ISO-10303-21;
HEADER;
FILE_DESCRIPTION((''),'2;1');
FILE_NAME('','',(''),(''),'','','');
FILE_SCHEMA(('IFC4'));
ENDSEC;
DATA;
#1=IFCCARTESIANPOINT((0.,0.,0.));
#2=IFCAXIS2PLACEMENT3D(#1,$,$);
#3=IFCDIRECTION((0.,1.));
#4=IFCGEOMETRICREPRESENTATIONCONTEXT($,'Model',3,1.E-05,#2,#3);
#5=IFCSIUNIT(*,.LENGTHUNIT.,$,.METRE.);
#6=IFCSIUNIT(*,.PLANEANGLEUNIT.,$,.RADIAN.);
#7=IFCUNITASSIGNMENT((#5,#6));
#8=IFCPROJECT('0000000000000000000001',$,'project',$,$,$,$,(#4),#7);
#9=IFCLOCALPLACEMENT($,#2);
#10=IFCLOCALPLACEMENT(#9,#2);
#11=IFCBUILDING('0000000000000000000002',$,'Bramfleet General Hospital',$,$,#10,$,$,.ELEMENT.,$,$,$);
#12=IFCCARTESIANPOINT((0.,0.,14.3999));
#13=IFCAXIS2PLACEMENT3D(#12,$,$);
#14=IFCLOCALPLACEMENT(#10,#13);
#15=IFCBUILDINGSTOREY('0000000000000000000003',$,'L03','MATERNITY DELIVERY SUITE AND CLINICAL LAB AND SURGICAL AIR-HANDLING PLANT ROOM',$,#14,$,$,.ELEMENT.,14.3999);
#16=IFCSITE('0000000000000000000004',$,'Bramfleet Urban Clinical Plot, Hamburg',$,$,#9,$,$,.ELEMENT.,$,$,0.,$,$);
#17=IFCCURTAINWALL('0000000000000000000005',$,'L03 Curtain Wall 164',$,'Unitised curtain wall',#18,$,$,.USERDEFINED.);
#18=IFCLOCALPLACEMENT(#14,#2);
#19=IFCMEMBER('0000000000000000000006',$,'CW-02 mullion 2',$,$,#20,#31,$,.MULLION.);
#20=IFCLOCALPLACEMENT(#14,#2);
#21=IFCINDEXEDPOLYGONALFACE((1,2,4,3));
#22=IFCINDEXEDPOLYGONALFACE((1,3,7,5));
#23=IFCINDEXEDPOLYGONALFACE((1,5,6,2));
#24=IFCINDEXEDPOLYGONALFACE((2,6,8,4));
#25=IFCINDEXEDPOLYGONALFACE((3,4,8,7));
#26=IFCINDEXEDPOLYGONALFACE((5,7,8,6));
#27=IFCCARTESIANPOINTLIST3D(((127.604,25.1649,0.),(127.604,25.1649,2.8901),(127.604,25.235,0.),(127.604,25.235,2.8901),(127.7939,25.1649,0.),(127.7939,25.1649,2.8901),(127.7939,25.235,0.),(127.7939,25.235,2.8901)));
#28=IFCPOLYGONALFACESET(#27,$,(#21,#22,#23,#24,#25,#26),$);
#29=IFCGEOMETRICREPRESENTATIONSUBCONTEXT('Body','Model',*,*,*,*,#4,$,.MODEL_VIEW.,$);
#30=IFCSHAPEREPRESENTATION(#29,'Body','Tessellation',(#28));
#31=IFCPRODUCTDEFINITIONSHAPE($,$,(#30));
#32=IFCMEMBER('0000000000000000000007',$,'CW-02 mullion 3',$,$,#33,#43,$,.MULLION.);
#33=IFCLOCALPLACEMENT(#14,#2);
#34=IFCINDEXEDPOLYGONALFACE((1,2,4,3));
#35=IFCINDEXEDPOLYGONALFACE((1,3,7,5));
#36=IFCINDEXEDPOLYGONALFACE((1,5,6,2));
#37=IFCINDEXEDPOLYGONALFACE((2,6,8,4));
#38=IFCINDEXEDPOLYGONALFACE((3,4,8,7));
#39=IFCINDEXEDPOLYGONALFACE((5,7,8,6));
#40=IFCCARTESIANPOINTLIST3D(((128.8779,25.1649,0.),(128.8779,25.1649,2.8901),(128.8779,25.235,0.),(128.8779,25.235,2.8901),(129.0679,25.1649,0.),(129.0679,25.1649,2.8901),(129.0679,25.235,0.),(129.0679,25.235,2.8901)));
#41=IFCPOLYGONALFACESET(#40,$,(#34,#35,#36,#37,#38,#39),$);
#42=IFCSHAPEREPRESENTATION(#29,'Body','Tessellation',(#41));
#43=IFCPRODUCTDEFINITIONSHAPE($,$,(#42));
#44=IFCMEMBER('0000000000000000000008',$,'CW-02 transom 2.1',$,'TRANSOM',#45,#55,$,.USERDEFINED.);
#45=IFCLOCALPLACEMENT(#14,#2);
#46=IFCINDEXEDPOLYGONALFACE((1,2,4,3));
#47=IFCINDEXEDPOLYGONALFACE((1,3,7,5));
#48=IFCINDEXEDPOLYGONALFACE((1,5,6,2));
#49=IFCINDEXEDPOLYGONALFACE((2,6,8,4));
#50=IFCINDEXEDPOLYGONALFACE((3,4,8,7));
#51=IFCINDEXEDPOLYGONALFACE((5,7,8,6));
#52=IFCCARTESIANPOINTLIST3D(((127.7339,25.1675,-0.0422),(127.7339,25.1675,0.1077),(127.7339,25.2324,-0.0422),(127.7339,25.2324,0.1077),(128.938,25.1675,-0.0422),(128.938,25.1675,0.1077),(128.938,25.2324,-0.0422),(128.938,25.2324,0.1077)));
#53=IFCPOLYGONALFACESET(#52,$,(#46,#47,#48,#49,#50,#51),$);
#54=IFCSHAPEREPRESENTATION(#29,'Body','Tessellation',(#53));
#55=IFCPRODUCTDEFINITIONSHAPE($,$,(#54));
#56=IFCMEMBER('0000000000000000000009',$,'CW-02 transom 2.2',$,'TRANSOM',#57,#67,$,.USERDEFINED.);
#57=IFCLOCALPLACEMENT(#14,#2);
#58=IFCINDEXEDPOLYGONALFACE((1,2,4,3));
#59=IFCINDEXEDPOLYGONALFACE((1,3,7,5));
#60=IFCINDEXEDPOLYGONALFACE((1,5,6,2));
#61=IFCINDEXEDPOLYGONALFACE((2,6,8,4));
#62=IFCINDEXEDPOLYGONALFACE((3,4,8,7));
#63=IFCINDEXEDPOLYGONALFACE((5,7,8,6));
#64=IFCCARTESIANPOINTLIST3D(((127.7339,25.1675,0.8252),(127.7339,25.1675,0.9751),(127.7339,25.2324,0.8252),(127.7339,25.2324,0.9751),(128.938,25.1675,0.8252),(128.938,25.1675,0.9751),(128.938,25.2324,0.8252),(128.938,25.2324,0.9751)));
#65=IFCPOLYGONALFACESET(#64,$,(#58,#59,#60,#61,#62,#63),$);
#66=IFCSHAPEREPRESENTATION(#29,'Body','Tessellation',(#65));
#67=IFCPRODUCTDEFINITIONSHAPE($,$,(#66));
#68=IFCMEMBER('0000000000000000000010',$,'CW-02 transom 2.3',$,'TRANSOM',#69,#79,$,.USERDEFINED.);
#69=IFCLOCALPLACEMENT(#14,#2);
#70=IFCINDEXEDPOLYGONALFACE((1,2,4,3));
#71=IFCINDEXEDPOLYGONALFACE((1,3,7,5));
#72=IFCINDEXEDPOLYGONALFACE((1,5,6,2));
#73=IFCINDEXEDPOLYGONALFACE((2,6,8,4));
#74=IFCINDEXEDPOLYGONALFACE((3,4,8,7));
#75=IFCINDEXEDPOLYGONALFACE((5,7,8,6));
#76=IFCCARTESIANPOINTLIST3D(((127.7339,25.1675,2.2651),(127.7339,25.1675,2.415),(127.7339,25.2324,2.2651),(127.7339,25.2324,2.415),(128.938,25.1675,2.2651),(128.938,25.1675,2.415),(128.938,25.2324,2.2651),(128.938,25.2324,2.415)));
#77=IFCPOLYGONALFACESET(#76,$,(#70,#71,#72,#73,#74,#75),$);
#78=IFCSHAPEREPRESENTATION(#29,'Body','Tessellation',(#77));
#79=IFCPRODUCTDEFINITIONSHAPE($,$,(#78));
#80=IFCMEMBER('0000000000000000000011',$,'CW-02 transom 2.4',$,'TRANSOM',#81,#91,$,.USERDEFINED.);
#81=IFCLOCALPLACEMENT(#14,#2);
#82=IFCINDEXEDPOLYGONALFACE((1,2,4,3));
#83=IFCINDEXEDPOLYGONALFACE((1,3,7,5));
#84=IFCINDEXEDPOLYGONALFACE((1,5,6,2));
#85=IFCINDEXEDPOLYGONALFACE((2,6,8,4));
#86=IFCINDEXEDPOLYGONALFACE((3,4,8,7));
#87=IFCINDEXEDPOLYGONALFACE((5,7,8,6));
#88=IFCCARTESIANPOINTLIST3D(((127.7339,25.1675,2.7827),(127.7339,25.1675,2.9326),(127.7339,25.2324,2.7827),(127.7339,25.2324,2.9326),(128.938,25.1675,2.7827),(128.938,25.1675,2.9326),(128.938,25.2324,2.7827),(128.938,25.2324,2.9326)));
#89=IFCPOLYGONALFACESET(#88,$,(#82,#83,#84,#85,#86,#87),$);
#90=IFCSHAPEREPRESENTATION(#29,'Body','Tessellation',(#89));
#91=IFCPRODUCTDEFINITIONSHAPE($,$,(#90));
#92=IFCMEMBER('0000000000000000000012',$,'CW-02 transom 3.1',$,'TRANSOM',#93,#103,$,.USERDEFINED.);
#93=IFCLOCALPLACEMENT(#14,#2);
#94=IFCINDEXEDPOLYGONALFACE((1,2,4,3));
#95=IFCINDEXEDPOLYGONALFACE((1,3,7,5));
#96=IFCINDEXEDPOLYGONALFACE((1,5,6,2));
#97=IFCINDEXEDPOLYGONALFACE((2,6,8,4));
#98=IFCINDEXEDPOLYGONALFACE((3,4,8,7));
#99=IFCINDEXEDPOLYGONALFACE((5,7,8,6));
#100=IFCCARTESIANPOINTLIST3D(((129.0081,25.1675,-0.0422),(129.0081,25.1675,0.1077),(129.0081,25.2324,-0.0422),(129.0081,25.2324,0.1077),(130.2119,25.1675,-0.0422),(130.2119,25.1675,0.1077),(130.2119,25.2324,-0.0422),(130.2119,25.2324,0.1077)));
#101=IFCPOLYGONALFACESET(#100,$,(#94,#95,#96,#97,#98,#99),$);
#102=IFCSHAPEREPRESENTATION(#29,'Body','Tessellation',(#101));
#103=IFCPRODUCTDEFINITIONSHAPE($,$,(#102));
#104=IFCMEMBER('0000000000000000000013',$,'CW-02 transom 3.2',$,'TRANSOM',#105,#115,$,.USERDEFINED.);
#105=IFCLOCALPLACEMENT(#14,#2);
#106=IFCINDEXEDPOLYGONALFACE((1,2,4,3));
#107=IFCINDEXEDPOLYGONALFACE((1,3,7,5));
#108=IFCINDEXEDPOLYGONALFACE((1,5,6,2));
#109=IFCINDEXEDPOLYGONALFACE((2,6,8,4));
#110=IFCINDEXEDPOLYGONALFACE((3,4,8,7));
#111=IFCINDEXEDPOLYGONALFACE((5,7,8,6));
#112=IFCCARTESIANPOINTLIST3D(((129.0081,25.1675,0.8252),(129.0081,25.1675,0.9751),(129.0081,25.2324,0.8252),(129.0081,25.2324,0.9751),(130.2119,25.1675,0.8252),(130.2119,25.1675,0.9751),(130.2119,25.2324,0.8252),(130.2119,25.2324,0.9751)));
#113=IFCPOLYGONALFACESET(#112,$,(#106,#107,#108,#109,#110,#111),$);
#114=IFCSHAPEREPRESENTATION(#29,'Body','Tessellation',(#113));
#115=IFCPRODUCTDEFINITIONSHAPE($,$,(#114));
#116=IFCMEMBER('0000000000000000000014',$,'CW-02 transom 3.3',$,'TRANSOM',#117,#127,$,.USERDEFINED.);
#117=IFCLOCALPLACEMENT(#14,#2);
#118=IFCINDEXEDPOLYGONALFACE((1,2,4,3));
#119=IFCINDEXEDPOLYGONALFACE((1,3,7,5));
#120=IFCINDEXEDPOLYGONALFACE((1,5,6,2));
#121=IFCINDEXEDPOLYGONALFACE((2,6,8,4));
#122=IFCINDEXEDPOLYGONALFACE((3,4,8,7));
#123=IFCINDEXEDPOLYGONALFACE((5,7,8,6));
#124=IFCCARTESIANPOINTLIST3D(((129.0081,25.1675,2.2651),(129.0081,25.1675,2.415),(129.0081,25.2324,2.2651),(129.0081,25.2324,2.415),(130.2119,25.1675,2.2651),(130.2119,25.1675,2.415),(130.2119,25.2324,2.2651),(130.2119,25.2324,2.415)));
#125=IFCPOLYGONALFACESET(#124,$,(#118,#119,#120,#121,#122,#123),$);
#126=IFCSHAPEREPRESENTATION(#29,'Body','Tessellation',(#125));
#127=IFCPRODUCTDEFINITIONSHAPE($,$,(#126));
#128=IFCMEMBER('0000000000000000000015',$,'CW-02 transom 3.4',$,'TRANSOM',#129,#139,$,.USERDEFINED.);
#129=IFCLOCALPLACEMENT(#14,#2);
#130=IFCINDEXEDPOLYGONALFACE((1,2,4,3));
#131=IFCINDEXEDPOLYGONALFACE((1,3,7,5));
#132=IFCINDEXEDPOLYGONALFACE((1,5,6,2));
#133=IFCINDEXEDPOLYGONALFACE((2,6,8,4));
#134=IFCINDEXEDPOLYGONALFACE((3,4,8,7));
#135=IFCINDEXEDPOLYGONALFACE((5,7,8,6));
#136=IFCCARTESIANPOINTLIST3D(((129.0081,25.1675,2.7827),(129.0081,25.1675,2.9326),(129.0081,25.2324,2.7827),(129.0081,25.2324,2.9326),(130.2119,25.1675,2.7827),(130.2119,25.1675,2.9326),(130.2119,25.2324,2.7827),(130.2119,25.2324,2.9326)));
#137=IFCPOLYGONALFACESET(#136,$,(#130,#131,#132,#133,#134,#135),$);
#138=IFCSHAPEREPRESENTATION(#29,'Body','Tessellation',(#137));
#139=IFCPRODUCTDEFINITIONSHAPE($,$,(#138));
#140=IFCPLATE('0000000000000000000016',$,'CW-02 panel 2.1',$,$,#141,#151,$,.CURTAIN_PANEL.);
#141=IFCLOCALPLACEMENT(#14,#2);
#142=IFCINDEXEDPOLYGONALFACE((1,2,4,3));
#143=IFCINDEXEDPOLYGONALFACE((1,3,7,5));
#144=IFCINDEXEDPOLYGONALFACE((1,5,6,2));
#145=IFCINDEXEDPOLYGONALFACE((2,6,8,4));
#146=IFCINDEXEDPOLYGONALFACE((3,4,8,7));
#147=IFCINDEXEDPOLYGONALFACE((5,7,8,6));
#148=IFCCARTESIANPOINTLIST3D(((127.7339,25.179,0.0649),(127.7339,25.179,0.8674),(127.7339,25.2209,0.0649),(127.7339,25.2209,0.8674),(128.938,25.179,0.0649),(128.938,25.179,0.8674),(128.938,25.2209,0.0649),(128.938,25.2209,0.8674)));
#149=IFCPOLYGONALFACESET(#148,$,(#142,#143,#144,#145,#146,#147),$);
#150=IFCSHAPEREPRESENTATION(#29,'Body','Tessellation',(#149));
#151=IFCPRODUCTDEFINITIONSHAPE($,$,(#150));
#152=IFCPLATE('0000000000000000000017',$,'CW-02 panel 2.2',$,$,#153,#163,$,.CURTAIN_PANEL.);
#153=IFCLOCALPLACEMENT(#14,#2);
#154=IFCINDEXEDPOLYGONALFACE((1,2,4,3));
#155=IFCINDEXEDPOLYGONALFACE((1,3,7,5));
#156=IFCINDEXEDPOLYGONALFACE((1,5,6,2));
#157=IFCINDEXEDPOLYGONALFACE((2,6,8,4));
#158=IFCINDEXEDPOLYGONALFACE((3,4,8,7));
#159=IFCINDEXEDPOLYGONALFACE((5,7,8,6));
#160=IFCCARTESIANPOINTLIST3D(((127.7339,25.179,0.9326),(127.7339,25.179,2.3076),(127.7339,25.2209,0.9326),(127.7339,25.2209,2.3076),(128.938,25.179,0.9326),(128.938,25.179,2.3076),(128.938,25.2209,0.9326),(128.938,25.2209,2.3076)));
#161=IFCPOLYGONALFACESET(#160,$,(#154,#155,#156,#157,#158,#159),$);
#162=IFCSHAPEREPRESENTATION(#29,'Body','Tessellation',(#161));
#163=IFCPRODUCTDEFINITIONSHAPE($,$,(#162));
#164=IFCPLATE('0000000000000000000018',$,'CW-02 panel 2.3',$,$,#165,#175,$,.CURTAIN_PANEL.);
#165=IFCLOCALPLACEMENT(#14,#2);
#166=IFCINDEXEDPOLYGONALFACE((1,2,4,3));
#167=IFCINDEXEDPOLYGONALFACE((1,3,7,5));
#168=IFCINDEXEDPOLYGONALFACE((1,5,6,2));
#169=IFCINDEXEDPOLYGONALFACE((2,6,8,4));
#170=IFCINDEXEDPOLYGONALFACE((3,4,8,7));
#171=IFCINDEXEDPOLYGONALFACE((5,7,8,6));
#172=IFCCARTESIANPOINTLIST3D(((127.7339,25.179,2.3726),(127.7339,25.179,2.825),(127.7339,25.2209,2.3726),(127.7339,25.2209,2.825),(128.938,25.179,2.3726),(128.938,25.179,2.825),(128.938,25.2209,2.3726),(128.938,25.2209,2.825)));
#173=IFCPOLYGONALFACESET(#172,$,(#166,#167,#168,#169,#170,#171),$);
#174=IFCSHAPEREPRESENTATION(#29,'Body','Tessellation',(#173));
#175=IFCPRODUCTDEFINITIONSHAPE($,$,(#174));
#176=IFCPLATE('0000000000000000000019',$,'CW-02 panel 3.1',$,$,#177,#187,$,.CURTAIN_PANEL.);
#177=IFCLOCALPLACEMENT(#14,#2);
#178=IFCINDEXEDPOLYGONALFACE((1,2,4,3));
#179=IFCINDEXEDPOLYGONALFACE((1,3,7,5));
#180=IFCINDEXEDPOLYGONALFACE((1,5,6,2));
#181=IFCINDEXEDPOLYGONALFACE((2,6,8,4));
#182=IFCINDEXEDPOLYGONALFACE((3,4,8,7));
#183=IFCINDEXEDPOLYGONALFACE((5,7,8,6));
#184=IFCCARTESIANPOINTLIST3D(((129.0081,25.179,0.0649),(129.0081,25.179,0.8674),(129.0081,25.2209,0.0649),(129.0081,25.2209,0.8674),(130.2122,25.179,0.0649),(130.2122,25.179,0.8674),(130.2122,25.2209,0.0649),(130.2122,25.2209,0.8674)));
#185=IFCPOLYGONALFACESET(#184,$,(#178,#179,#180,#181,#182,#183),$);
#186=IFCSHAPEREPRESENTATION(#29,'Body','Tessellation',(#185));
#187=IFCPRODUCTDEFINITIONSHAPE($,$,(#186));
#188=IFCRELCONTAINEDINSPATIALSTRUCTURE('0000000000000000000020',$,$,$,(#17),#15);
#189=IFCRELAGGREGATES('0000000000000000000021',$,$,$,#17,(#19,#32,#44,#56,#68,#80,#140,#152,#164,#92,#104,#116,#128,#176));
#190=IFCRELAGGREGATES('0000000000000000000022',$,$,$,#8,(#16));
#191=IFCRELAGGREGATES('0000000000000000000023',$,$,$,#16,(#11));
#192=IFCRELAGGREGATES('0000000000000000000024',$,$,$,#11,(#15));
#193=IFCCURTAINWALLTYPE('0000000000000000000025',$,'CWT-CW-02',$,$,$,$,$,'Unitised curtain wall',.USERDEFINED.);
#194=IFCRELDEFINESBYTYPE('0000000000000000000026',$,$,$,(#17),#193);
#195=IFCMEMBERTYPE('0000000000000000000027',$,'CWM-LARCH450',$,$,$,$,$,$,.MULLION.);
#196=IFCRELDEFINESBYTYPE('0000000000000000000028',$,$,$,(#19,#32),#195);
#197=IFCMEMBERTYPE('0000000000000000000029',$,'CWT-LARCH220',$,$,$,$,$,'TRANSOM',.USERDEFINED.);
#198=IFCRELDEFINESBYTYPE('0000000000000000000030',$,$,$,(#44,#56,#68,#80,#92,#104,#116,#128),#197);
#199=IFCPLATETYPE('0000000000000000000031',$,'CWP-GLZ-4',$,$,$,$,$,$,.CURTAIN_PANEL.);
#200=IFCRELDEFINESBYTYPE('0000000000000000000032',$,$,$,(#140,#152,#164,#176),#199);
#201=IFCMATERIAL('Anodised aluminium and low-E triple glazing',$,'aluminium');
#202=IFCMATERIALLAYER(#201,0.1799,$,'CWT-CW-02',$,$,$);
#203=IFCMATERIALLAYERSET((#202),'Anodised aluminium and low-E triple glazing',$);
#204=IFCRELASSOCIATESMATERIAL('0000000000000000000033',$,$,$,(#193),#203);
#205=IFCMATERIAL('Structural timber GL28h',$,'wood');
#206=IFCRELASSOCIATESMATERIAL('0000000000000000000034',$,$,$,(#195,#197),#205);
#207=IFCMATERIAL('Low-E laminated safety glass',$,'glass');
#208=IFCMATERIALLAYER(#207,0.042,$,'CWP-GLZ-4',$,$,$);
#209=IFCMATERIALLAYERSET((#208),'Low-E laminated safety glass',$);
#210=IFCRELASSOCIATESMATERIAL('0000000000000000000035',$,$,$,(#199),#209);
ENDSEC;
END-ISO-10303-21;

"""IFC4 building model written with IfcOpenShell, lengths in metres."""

from ifc_helpers import new_model, si_unit, direction, frame, origin, origin_2d, place, context, subcontext, project, spatial, rectangle, extrude, material, layer, layer_set, material_profile, profile_set, type_object, element, aggregate, save


model = new_model("IFC4")

# Units and contexts
model_context = context("Model", 3, precision=1e-05, world=origin(), true_north=direction((0.0, 1.0)))
body_context = subcontext(model_context, "Body", "Model", "MODEL_VIEW")
ifc_project = project(units=[si_unit("LENGTHUNIT", "METRE"), si_unit("PLANEANGLEUNIT", "RADIAN")], contexts=[model_context])

# Site, building, storey
site_placement = place(None, origin())
site = spatial("IfcSite", under=ifc_project, at=site_placement, Name="Bramfleet Urban Clinical Plot, Hamburg", CompositionType="ELEMENT", RefElevation=0.0)
building_placement = place(site_placement, origin())
building = spatial("IfcBuilding", under=site, at=building_placement, Name="Bramfleet General Hospital", CompositionType="ELEMENT")
storey_placement = place(building_placement, frame((0.0, 0.0, 14.3999)))
storey = spatial("IfcBuildingStorey", under=building, at=storey_placement, Name="L03", Description="MATERNITY DELIVERY SUITE AND CLINICAL LAB AND SURGICAL AIR-HANDLING PLANT ROOM", CompositionType="ELEMENT", Elevation=14.3999)

# Curtain wall, members, plates
ifc_material_1 = material(Name="Anodised aluminium and low-E triple glazing", Category="aluminium")
ifc_layer_1 = layer(ifc_material_1, 0.1799, Name="CWT-CW-02")
ifc_layer_set_1 = layer_set([ifc_layer_1], Name="Anodised aluminium and low-E triple glazing")
curtain_wall_type = type_object("IfcCurtainWallType", Name="CWT-CW-02", ElementType="Unitised curtain wall", PredefinedType="USERDEFINED", material=ifc_layer_set_1)
curtain_wall_placement = place(storey_placement, origin())
curtain_wall = element("IfcCurtainWall", 1, at=curtain_wall_placement, inside=storey, type_object=curtain_wall_type, Name="L03 Curtain Wall 164", ObjectType="Unitised curtain wall", PredefinedType="USERDEFINED")
ifc_material_2 = material(Name="Structural timber GL28h", Category="wood")
ifc_material_profile_1 = material_profile(ifc_material_2, rectangle(XDim=0.0701, YDim=0.1899, at=origin_2d()), Name="LARCH 190x70")
ifc_profile_set_1 = profile_set([ifc_material_profile_1], Name="Structural timber GL28h")
member_type_1 = type_object("IfcMemberType", Name="CWM-LARCH450", PredefinedType="MULLION", material=ifc_profile_set_1)
member_1_placement = place(storey_placement, frame((127.699, 25.2, 0.0), z_axis=(0.0, 0.0, 1.0), x_axis=(0.0, 1.0, 0.0)))
member_1 = element("IfcMember", 2, at=member_1_placement, type_object=member_type_1, Name="CW-02 mullion 2", PredefinedType="MULLION", context=body_context, shape_type="SweptSolid", body=[
    extrude(rectangle(XDim=0.0701, YDim=0.1899, at=origin_2d()), origin(), (0.0, 0.0, 1.0), 2.8901),
])
member_2_placement = place(storey_placement, frame((128.9729, 25.2, 0.0), z_axis=(0.0, 0.0, 1.0), x_axis=(0.0, 1.0, 0.0)))
member_2 = element("IfcMember", 3, at=member_2_placement, type_object=member_type_1, Name="CW-02 mullion 3", PredefinedType="MULLION", context=body_context, shape_type="SweptSolid", body=[
    extrude(rectangle(XDim=0.0701, YDim=0.1899, at=origin_2d()), origin(), (0.0, 0.0, 1.0), 2.8901),
])
ifc_material_profile_2 = material_profile(ifc_material_2, rectangle(XDim=0.0649, YDim=0.1499, at=origin_2d()), Name="LARCH 150x65")
ifc_profile_set_2 = profile_set([ifc_material_profile_2], Name="Structural timber GL28h")
member_type_2 = type_object("IfcMemberType", Name="CWT-LARCH220", ElementType="TRANSOM", PredefinedType="USERDEFINED", material=ifc_profile_set_2)
member_3_placement = place(storey_placement, frame((127.7339, 25.2, 0.0327), z_axis=(1.0, 0.0, 0.0), x_axis=(0.0, 1.0, 0.0)))
member_3 = element("IfcMember", 4, at=member_3_placement, type_object=member_type_2, Name="CW-02 transom 2.1", ObjectType="TRANSOM", PredefinedType="USERDEFINED", context=body_context, shape_type="SweptSolid", body=[
    extrude(rectangle(XDim=0.0649, YDim=0.1499, at=origin_2d()), origin(), (0.0, 0.0, 1.0), 1.2041),
])
member_4_placement = place(storey_placement, frame((127.7339, 25.2, 0.9001), z_axis=(1.0, 0.0, 0.0), x_axis=(0.0, 1.0, 0.0)))
member_4 = element("IfcMember", 5, at=member_4_placement, type_object=member_type_2, Name="CW-02 transom 2.2", ObjectType="TRANSOM", PredefinedType="USERDEFINED", context=body_context, shape_type="SweptSolid", body=[
    extrude(rectangle(XDim=0.0649, YDim=0.1499, at=origin_2d()), origin(), (0.0, 0.0, 1.0), 1.2041),
])
member_5_placement = place(storey_placement, frame((127.7339, 25.2, 2.3401), z_axis=(1.0, 0.0, 0.0), x_axis=(0.0, 1.0, 0.0)))
member_5 = element("IfcMember", 6, at=member_5_placement, type_object=member_type_2, Name="CW-02 transom 2.3", ObjectType="TRANSOM", PredefinedType="USERDEFINED", context=body_context, shape_type="SweptSolid", body=[
    extrude(rectangle(XDim=0.0649, YDim=0.1499, at=origin_2d()), origin(), (0.0, 0.0, 1.0), 1.2041),
])
member_6_placement = place(storey_placement, frame((127.7339, 25.2, 2.8577), z_axis=(1.0, 0.0, 0.0), x_axis=(0.0, 1.0, 0.0)))
member_6 = element("IfcMember", 7, at=member_6_placement, type_object=member_type_2, Name="CW-02 transom 2.4", ObjectType="TRANSOM", PredefinedType="USERDEFINED", context=body_context, shape_type="SweptSolid", body=[
    extrude(rectangle(XDim=0.0649, YDim=0.1499, at=origin_2d()), origin(), (0.0, 0.0, 1.0), 1.2041),
])
member_7_placement = place(storey_placement, frame((129.0081, 25.2, 0.0327), z_axis=(1.0, 0.0, 0.0), x_axis=(0.0, 1.0, 0.0)))
member_7 = element("IfcMember", 8, at=member_7_placement, type_object=member_type_2, Name="CW-02 transom 3.1", ObjectType="TRANSOM", PredefinedType="USERDEFINED", context=body_context, shape_type="SweptSolid", body=[
    extrude(rectangle(XDim=0.0649, YDim=0.1499, at=origin_2d()), origin(), (0.0, 0.0, 1.0), 1.2039),
])
member_8_placement = place(storey_placement, frame((129.0081, 25.2, 0.9001), z_axis=(1.0, 0.0, 0.0), x_axis=(0.0, 1.0, 0.0)))
member_8 = element("IfcMember", 9, at=member_8_placement, type_object=member_type_2, Name="CW-02 transom 3.2", ObjectType="TRANSOM", PredefinedType="USERDEFINED", context=body_context, shape_type="SweptSolid", body=[
    extrude(rectangle(XDim=0.0649, YDim=0.1499, at=origin_2d()), origin(), (0.0, 0.0, 1.0), 1.2039),
])
member_9_placement = place(storey_placement, frame((129.0081, 25.2, 2.3401), z_axis=(1.0, 0.0, 0.0), x_axis=(0.0, 1.0, 0.0)))
member_9 = element("IfcMember", 10, at=member_9_placement, type_object=member_type_2, Name="CW-02 transom 3.3", ObjectType="TRANSOM", PredefinedType="USERDEFINED", context=body_context, shape_type="SweptSolid", body=[
    extrude(rectangle(XDim=0.0649, YDim=0.1499, at=origin_2d()), origin(), (0.0, 0.0, 1.0), 1.2039),
])
member_10_placement = place(storey_placement, frame((129.0081, 25.2, 2.8577), z_axis=(1.0, 0.0, 0.0), x_axis=(0.0, 1.0, 0.0)))
member_10 = element("IfcMember", 11, at=member_10_placement, type_object=member_type_2, Name="CW-02 transom 3.4", ObjectType="TRANSOM", PredefinedType="USERDEFINED", context=body_context, shape_type="SweptSolid", body=[
    extrude(rectangle(XDim=0.0649, YDim=0.1499, at=origin_2d()), origin(), (0.0, 0.0, 1.0), 1.2039),
])
ifc_material_3 = material(Name="Low-E laminated safety glass", Category="glass")
ifc_layer_2 = layer(ifc_material_3, 0.042, Name="CWP-GLZ-4")
ifc_layer_set_2 = layer_set([ifc_layer_2], Name="Low-E laminated safety glass")
plate_type = type_object("IfcPlateType", Name="CWP-GLZ-4", PredefinedType="CURTAIN_PANEL", material=ifc_layer_set_2)
plate_1_placement = place(storey_placement, frame((128.3359, 25.2, 0.0649), z_axis=(0.0, 0.0, 1.0), x_axis=(1.0, 0.0, 0.0)))
plate_1 = element("IfcPlate", 12, at=plate_1_placement, type_object=plate_type, Name="CW-02 panel 2.1", PredefinedType="CURTAIN_PANEL", context=body_context, shape_type="SweptSolid", body=[
    extrude(rectangle(XDim=1.2041, YDim=0.042, at=origin_2d()), origin(), (0.0, 0.0, 1.0), 0.8025),
])
plate_2_placement = place(storey_placement, frame((128.3359, 25.2, 0.9326), z_axis=(0.0, 0.0, 1.0), x_axis=(1.0, 0.0, 0.0)))
plate_2 = element("IfcPlate", 13, at=plate_2_placement, type_object=plate_type, Name="CW-02 panel 2.2", PredefinedType="CURTAIN_PANEL", context=body_context, shape_type="SweptSolid", body=[
    extrude(rectangle(XDim=1.2041, YDim=0.042, at=origin_2d()), origin(), (0.0, 0.0, 1.0), 1.375),
])
plate_3_placement = place(storey_placement, frame((128.3359, 25.2, 2.3726), z_axis=(0.0, 0.0, 1.0), x_axis=(1.0, 0.0, 0.0)))
plate_3 = element("IfcPlate", 14, at=plate_3_placement, type_object=plate_type, Name="CW-02 panel 2.3", PredefinedType="CURTAIN_PANEL", context=body_context, shape_type="SweptSolid", body=[
    extrude(rectangle(XDim=1.2041, YDim=0.042, at=origin_2d()), origin(), (0.0, 0.0, 1.0), 0.4524),
])
plate_4_placement = place(storey_placement, frame((129.6101, 25.2, 0.0649), z_axis=(0.0, 0.0, 1.0), x_axis=(1.0, 0.0, 0.0)))
plate_4 = element("IfcPlate", 15, at=plate_4_placement, type_object=plate_type, Name="CW-02 panel 3.1", PredefinedType="CURTAIN_PANEL", context=body_context, shape_type="SweptSolid", body=[
    extrude(rectangle(XDim=1.2041, YDim=0.042, at=origin_2d()), origin(), (0.0, 0.0, 1.0), 0.8025),
])
aggregate(curtain_wall, [member_1, member_2, member_3, member_4, member_5, member_6, plate_1, plate_2, plate_3, member_7, member_8, member_9, member_10, plate_4])

save(model, "model.ifc")
